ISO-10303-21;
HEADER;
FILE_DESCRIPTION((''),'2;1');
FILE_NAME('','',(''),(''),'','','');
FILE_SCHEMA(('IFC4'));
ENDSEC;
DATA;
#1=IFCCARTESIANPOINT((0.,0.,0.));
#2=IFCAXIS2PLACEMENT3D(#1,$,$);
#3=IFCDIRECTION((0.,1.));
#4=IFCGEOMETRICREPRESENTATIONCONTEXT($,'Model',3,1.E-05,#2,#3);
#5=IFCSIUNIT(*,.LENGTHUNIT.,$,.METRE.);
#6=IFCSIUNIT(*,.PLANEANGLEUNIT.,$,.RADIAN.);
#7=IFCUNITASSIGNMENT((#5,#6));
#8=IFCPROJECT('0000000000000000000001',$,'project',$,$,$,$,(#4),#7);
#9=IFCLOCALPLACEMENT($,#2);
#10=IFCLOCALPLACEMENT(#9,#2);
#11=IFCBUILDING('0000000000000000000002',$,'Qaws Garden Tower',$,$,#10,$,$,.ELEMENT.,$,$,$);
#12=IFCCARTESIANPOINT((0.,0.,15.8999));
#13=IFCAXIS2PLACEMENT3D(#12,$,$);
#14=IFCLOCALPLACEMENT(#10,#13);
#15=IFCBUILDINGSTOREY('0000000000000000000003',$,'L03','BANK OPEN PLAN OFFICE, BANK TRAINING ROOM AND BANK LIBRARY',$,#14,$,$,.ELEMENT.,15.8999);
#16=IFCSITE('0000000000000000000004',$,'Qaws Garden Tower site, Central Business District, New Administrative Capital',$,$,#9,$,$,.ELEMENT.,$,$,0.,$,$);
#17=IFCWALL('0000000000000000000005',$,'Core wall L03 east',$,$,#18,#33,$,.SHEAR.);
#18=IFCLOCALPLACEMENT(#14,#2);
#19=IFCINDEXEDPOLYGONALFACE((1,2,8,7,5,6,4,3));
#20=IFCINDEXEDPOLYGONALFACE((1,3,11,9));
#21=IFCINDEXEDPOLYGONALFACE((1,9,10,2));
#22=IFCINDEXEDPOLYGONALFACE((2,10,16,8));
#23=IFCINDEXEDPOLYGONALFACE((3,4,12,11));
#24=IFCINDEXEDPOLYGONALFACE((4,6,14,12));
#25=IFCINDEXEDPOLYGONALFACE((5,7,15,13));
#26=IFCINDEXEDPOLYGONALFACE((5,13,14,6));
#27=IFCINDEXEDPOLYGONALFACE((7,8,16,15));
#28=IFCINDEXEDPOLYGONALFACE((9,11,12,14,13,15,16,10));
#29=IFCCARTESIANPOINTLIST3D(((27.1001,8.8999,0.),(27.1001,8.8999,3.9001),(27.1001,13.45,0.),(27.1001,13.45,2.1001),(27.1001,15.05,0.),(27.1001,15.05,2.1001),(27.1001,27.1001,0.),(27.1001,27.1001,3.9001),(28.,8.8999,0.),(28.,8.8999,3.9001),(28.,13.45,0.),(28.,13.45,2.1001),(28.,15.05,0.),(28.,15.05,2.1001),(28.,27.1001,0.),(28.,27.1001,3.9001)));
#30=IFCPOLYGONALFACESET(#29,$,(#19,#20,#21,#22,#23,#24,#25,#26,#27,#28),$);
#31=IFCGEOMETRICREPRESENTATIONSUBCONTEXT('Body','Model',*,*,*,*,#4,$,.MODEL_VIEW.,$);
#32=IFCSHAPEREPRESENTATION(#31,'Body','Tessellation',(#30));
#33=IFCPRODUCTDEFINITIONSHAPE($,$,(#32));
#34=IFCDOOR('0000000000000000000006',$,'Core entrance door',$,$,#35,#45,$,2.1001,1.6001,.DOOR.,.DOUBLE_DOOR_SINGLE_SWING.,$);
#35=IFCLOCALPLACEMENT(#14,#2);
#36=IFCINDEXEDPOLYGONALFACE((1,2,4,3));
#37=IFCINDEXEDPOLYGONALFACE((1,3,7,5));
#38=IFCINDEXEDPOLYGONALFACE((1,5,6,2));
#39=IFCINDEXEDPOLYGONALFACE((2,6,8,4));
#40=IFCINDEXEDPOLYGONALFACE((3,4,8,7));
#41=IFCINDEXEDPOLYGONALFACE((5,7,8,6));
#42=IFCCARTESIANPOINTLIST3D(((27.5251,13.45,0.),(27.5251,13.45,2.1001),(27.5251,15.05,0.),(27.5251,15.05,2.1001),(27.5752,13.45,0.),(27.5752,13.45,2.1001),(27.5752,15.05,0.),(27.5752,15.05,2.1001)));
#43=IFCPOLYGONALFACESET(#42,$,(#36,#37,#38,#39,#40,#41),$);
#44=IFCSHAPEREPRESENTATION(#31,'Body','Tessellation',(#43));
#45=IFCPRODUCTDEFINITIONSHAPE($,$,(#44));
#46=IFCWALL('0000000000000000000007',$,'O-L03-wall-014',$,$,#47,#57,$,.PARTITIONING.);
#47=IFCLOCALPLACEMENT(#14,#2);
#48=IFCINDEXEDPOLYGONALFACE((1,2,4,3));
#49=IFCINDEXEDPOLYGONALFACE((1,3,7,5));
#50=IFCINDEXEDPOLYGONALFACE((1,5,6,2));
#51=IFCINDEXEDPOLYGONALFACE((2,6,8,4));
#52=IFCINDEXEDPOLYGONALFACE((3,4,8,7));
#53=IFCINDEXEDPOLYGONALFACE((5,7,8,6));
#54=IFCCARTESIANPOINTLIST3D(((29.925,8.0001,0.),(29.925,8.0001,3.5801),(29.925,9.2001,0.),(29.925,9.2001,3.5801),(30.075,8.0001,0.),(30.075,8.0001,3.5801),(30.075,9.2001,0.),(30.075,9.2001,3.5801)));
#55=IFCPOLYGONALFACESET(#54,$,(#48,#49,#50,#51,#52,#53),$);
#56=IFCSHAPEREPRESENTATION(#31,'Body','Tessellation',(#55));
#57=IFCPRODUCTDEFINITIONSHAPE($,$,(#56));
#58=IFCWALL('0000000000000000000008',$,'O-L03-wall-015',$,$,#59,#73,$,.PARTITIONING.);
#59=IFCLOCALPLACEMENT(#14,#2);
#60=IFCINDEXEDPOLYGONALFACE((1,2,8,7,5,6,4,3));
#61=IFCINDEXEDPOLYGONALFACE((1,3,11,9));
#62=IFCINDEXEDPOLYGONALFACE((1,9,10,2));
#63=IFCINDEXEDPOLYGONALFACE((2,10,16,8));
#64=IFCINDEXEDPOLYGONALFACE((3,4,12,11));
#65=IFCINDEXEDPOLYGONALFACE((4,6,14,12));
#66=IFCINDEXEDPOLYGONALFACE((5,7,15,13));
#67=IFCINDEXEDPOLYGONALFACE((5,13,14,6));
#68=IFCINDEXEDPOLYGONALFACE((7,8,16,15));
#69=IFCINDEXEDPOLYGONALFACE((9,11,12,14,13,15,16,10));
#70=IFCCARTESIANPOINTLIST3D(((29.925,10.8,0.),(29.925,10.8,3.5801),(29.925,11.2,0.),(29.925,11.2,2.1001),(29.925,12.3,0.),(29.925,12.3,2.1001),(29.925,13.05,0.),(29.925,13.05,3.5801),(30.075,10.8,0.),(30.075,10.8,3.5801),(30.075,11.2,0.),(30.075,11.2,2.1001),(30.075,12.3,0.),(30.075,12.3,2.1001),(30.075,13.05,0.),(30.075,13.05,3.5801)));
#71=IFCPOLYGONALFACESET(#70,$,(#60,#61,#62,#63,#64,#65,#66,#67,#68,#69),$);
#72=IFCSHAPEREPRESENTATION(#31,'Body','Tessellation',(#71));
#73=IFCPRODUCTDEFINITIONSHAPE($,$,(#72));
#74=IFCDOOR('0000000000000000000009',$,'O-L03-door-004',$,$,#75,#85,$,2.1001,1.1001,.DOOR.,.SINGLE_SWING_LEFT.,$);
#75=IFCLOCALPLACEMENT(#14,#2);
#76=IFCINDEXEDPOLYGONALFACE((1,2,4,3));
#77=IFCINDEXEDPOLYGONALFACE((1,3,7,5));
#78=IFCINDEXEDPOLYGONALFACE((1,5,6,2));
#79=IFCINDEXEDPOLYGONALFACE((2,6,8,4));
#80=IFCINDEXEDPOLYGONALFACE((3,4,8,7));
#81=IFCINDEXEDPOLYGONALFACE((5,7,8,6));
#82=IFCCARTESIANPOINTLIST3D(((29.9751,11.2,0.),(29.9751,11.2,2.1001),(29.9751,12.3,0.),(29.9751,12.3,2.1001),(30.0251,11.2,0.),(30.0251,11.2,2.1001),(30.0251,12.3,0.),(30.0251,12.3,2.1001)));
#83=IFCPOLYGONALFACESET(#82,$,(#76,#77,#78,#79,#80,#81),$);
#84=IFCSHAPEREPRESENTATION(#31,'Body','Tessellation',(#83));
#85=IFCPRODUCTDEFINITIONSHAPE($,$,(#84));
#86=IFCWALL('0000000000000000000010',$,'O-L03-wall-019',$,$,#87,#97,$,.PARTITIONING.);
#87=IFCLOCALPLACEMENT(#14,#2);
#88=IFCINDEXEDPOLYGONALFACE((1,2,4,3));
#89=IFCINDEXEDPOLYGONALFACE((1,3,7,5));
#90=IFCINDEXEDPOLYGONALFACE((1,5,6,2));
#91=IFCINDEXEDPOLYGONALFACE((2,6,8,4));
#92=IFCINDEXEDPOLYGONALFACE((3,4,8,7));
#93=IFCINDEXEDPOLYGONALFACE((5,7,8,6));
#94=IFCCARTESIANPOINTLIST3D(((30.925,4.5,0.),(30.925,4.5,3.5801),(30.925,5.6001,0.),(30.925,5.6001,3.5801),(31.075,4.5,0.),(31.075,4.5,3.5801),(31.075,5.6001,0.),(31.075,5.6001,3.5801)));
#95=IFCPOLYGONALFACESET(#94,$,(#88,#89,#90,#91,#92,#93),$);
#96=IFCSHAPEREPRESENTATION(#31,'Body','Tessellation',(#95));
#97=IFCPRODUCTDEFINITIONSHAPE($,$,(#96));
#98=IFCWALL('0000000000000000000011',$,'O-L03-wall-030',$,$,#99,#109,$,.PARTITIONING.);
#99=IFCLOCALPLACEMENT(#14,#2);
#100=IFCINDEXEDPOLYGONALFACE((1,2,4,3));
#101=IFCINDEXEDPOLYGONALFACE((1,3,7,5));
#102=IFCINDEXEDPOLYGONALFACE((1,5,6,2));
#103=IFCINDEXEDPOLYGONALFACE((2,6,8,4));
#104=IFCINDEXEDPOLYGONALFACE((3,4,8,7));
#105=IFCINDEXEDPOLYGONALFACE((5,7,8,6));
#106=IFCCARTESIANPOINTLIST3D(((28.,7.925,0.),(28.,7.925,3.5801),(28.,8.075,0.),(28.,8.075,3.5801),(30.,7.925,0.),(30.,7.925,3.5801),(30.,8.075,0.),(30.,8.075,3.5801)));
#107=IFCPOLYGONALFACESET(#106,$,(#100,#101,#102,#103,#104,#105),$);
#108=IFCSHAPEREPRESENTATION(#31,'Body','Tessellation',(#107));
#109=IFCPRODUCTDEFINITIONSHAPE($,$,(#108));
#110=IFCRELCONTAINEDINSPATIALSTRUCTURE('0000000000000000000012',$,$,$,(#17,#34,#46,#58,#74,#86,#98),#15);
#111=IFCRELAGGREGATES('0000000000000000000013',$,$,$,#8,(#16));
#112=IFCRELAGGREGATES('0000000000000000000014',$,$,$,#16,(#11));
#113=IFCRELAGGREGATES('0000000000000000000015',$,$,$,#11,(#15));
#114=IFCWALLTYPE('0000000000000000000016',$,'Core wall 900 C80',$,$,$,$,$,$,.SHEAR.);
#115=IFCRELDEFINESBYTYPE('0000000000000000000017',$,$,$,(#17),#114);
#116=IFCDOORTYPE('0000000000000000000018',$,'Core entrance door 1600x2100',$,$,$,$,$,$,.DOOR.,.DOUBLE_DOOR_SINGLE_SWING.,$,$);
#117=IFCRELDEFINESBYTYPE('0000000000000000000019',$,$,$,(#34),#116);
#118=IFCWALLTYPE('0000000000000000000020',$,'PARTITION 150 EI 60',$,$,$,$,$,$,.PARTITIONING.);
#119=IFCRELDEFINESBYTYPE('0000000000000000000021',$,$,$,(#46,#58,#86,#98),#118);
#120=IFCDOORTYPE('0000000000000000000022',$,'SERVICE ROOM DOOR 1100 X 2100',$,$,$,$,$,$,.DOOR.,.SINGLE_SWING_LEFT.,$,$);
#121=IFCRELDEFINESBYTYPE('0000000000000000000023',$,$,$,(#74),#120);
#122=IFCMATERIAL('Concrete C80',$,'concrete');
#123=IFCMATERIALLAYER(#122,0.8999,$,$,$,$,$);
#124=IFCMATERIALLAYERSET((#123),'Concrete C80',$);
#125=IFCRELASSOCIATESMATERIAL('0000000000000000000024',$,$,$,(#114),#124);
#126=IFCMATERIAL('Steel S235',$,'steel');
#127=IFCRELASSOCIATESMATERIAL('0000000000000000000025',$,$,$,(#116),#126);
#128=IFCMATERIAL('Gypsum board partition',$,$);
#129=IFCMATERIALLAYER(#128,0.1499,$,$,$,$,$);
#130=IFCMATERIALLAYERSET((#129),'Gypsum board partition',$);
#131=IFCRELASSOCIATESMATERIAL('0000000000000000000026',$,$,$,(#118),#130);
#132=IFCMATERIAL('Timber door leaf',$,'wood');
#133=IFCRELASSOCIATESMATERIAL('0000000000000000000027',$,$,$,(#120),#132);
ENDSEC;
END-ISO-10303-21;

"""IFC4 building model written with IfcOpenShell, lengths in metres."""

from ifc_helpers import new_model, si_unit, direction, frame, frame_2d, origin, place, context, subcontext, project, spatial, rectangle, extrude, material, layer, layer_set, type_object, element, fill, save


model = new_model("IFC4")

# Units and contexts
model_context = context("Model", 3, precision=1e-05, world=origin(), true_north=direction((0.0, 1.0)))
body_context = subcontext(model_context, "Body", "Model", "MODEL_VIEW")
ifc_project = project(units=[si_unit("LENGTHUNIT", "METRE"), si_unit("PLANEANGLEUNIT", "RADIAN")], contexts=[model_context])

# Site, building, storey
site_placement = place(None, origin())
site = spatial("IfcSite", under=ifc_project, at=site_placement, Name="Qaws Garden Tower site, Central Business District, New Administrative Capital", CompositionType="ELEMENT", RefElevation=0.0)
building_placement = place(site_placement, origin())
building = spatial("IfcBuilding", under=site, at=building_placement, Name="Qaws Garden Tower", CompositionType="ELEMENT")
storey_placement = place(building_placement, frame((0.0, 0.0, 15.8999)))
storey = spatial("IfcBuildingStorey", under=building, at=storey_placement, Name="L03", Description="BANK OPEN PLAN OFFICE, BANK TRAINING ROOM AND BANK LIBRARY", CompositionType="ELEMENT", Elevation=15.8999)

# Wall, opening, door
ifc_material_1 = material(Name="Concrete C80", Category="concrete")
ifc_layer_1 = layer(ifc_material_1, 0.8999)
ifc_layer_set_1 = layer_set([ifc_layer_1], Name="Concrete C80")
wall_type_1 = type_object("IfcWallType", Name="Core wall 900 C80", PredefinedType="SHEAR", material=ifc_layer_set_1)
wall_1_placement = place(storey_placement, frame((27.55, 8.8999, 0.0), z_axis=(0.0, 0.0, 1.0), x_axis=(0.0, 1.0, 0.0)))
wall_1 = element("IfcWall", 1, at=wall_1_placement, inside=storey, type_object=wall_type_1, Name="Core wall L03 east", PredefinedType="SHEAR", context=body_context, shape_type="SweptSolid", body=[
    extrude(rectangle(XDim=18.2002, YDim=0.8999, at=frame_2d((9.1001, 0.0))), origin(), (0.0, 0.0, 1.0), 3.9001),
])
opening_1_placement = place(wall_1_placement, frame((4.55, 0.0, 0.0)))
opening_1 = element("IfcOpeningElement", 2, at=opening_1_placement, cuts=wall_1, PredefinedType="OPENING", context=body_context, shape_type="SweptSolid", body=[
    extrude(rectangle(XDim=1.6001, YDim=2.1001, at=frame_2d((0.8, 1.05))), frame((0.0, 0.46, 0.0), z_axis=(0.0, -1.0, 0.0), x_axis=(1.0, 0.0, 0.0)), (0.0, 0.0, 1.0), 0.9199),
])
ifc_material_2 = material(Name="Steel S235", Category="steel")
door_type_1 = type_object("IfcDoorType", Name="Core entrance door 1600x2100", OperationType="DOUBLE_DOOR_SINGLE_SWING", PredefinedType="DOOR", material=ifc_material_2)
door_1_placement = place(opening_1_placement, origin())
door_1 = element("IfcDoor", 3, at=door_1_placement, inside=storey, type_object=door_type_1, Name="Core entrance door", OperationType="DOUBLE_DOOR_SINGLE_SWING", OverallHeight=2.1001, OverallWidth=1.6001, PredefinedType="DOOR", context=body_context, shape_type="SweptSolid", body=[
    extrude(rectangle(XDim=1.6001, YDim=2.1001, at=frame_2d((0.8, 1.05))), frame((0.0, 0.0249, 0.0), z_axis=(0.0, -1.0, 0.0), x_axis=(1.0, 0.0, 0.0)), (0.0, 0.0, 1.0), 0.05),
])
fill(opening_1, door_1)

# Wall
ifc_material_3 = material(Name="Gypsum board partition")
ifc_layer_2 = layer(ifc_material_3, 0.1499)
ifc_layer_set_2 = layer_set([ifc_layer_2], Name="Gypsum board partition")
wall_type_2 = type_object("IfcWallType", Name="PARTITION 150 EI 60", PredefinedType="PARTITIONING", material=ifc_layer_set_2)
wall_2_placement = place(storey_placement, frame((30.0, 8.0, 0.0), z_axis=(0.0, 0.0, 1.0), x_axis=(0.0, 1.0, 0.0)))
element("IfcWall", 4, at=wall_2_placement, inside=storey, type_object=wall_type_2, Name="O-L03-wall-014", PredefinedType="PARTITIONING", context=body_context, shape_type="SweptSolid", body=[
    extrude(rectangle(XDim=1.2, YDim=0.1499, at=frame_2d((0.6001, 0.0))), origin(), (0.0, 0.0, 1.0), 3.5801),
])

# Wall, opening, door
wall_3_placement = place(storey_placement, frame((30.0, 10.8, 0.0), z_axis=(0.0, 0.0, 1.0), x_axis=(0.0, 1.0, 0.0)))
wall_3 = element("IfcWall", 5, at=wall_3_placement, inside=storey, type_object=wall_type_2, Name="O-L03-wall-015", PredefinedType="PARTITIONING", context=body_context, shape_type="SweptSolid", body=[
    extrude(rectangle(XDim=2.25, YDim=0.1499, at=frame_2d((1.125, 0.0))), origin(), (0.0, 0.0, 1.0), 3.5801),
])
opening_2_placement = place(wall_3_placement, frame((0.3999, 0.0, 0.0)))
opening_2 = element("IfcOpeningElement", 6, at=opening_2_placement, cuts=wall_3, PredefinedType="OPENING", context=body_context, shape_type="SweptSolid", body=[
    extrude(rectangle(XDim=1.1001, YDim=2.1001, at=frame_2d((0.55, 1.05))), frame((0.0, 0.085, 0.0), z_axis=(0.0, -1.0, 0.0), x_axis=(1.0, 0.0, 0.0)), (0.0, 0.0, 1.0), 0.1699),
])
ifc_material_4 = material(Name="Timber door leaf", Category="wood")
door_type_2 = type_object("IfcDoorType", Name="SERVICE ROOM DOOR 1100 X 2100", OperationType="SINGLE_SWING_LEFT", PredefinedType="DOOR", material=ifc_material_4)
door_2_placement = place(opening_2_placement, origin())
door_2 = element("IfcDoor", 7, at=door_2_placement, inside=storey, type_object=door_type_2, Name="O-L03-door-004", OperationType="SINGLE_SWING_LEFT", OverallHeight=2.1001, OverallWidth=1.1001, PredefinedType="DOOR", context=body_context, shape_type="SweptSolid", body=[
    extrude(rectangle(XDim=1.1001, YDim=2.1001, at=frame_2d((0.55, 1.05))), frame((0.0, 0.0249, 0.0), z_axis=(0.0, -1.0, 0.0), x_axis=(1.0, 0.0, 0.0)), (0.0, 0.0, 1.0), 0.05),
])
fill(opening_2, door_2)

# Walls
wall_4_placement = place(storey_placement, frame((31.0, 4.5, 0.0), z_axis=(0.0, 0.0, 1.0), x_axis=(0.0, 1.0, 0.0)))
element("IfcWall", 8, at=wall_4_placement, inside=storey, type_object=wall_type_2, Name="O-L03-wall-019", PredefinedType="PARTITIONING", context=body_context, shape_type="SweptSolid", body=[
    extrude(rectangle(XDim=1.1001, YDim=0.1499, at=frame_2d((0.55, 0.0))), origin(), (0.0, 0.0, 1.0), 3.5801),
])
wall_5_placement = place(storey_placement, frame((28.0, 8.0, 0.0), z_axis=(0.0, 0.0, 1.0), x_axis=(1.0, 0.0, 0.0)))
element("IfcWall", 9, at=wall_5_placement, inside=storey, type_object=wall_type_2, Name="O-L03-wall-030", PredefinedType="PARTITIONING", context=body_context, shape_type="SweptSolid", body=[
    extrude(rectangle(XDim=2.0, YDim=0.1499, at=frame_2d((1.0, 0.0))), origin(), (0.0, 0.0, 1.0), 3.5801),
])

save(model, "model.ifc")
